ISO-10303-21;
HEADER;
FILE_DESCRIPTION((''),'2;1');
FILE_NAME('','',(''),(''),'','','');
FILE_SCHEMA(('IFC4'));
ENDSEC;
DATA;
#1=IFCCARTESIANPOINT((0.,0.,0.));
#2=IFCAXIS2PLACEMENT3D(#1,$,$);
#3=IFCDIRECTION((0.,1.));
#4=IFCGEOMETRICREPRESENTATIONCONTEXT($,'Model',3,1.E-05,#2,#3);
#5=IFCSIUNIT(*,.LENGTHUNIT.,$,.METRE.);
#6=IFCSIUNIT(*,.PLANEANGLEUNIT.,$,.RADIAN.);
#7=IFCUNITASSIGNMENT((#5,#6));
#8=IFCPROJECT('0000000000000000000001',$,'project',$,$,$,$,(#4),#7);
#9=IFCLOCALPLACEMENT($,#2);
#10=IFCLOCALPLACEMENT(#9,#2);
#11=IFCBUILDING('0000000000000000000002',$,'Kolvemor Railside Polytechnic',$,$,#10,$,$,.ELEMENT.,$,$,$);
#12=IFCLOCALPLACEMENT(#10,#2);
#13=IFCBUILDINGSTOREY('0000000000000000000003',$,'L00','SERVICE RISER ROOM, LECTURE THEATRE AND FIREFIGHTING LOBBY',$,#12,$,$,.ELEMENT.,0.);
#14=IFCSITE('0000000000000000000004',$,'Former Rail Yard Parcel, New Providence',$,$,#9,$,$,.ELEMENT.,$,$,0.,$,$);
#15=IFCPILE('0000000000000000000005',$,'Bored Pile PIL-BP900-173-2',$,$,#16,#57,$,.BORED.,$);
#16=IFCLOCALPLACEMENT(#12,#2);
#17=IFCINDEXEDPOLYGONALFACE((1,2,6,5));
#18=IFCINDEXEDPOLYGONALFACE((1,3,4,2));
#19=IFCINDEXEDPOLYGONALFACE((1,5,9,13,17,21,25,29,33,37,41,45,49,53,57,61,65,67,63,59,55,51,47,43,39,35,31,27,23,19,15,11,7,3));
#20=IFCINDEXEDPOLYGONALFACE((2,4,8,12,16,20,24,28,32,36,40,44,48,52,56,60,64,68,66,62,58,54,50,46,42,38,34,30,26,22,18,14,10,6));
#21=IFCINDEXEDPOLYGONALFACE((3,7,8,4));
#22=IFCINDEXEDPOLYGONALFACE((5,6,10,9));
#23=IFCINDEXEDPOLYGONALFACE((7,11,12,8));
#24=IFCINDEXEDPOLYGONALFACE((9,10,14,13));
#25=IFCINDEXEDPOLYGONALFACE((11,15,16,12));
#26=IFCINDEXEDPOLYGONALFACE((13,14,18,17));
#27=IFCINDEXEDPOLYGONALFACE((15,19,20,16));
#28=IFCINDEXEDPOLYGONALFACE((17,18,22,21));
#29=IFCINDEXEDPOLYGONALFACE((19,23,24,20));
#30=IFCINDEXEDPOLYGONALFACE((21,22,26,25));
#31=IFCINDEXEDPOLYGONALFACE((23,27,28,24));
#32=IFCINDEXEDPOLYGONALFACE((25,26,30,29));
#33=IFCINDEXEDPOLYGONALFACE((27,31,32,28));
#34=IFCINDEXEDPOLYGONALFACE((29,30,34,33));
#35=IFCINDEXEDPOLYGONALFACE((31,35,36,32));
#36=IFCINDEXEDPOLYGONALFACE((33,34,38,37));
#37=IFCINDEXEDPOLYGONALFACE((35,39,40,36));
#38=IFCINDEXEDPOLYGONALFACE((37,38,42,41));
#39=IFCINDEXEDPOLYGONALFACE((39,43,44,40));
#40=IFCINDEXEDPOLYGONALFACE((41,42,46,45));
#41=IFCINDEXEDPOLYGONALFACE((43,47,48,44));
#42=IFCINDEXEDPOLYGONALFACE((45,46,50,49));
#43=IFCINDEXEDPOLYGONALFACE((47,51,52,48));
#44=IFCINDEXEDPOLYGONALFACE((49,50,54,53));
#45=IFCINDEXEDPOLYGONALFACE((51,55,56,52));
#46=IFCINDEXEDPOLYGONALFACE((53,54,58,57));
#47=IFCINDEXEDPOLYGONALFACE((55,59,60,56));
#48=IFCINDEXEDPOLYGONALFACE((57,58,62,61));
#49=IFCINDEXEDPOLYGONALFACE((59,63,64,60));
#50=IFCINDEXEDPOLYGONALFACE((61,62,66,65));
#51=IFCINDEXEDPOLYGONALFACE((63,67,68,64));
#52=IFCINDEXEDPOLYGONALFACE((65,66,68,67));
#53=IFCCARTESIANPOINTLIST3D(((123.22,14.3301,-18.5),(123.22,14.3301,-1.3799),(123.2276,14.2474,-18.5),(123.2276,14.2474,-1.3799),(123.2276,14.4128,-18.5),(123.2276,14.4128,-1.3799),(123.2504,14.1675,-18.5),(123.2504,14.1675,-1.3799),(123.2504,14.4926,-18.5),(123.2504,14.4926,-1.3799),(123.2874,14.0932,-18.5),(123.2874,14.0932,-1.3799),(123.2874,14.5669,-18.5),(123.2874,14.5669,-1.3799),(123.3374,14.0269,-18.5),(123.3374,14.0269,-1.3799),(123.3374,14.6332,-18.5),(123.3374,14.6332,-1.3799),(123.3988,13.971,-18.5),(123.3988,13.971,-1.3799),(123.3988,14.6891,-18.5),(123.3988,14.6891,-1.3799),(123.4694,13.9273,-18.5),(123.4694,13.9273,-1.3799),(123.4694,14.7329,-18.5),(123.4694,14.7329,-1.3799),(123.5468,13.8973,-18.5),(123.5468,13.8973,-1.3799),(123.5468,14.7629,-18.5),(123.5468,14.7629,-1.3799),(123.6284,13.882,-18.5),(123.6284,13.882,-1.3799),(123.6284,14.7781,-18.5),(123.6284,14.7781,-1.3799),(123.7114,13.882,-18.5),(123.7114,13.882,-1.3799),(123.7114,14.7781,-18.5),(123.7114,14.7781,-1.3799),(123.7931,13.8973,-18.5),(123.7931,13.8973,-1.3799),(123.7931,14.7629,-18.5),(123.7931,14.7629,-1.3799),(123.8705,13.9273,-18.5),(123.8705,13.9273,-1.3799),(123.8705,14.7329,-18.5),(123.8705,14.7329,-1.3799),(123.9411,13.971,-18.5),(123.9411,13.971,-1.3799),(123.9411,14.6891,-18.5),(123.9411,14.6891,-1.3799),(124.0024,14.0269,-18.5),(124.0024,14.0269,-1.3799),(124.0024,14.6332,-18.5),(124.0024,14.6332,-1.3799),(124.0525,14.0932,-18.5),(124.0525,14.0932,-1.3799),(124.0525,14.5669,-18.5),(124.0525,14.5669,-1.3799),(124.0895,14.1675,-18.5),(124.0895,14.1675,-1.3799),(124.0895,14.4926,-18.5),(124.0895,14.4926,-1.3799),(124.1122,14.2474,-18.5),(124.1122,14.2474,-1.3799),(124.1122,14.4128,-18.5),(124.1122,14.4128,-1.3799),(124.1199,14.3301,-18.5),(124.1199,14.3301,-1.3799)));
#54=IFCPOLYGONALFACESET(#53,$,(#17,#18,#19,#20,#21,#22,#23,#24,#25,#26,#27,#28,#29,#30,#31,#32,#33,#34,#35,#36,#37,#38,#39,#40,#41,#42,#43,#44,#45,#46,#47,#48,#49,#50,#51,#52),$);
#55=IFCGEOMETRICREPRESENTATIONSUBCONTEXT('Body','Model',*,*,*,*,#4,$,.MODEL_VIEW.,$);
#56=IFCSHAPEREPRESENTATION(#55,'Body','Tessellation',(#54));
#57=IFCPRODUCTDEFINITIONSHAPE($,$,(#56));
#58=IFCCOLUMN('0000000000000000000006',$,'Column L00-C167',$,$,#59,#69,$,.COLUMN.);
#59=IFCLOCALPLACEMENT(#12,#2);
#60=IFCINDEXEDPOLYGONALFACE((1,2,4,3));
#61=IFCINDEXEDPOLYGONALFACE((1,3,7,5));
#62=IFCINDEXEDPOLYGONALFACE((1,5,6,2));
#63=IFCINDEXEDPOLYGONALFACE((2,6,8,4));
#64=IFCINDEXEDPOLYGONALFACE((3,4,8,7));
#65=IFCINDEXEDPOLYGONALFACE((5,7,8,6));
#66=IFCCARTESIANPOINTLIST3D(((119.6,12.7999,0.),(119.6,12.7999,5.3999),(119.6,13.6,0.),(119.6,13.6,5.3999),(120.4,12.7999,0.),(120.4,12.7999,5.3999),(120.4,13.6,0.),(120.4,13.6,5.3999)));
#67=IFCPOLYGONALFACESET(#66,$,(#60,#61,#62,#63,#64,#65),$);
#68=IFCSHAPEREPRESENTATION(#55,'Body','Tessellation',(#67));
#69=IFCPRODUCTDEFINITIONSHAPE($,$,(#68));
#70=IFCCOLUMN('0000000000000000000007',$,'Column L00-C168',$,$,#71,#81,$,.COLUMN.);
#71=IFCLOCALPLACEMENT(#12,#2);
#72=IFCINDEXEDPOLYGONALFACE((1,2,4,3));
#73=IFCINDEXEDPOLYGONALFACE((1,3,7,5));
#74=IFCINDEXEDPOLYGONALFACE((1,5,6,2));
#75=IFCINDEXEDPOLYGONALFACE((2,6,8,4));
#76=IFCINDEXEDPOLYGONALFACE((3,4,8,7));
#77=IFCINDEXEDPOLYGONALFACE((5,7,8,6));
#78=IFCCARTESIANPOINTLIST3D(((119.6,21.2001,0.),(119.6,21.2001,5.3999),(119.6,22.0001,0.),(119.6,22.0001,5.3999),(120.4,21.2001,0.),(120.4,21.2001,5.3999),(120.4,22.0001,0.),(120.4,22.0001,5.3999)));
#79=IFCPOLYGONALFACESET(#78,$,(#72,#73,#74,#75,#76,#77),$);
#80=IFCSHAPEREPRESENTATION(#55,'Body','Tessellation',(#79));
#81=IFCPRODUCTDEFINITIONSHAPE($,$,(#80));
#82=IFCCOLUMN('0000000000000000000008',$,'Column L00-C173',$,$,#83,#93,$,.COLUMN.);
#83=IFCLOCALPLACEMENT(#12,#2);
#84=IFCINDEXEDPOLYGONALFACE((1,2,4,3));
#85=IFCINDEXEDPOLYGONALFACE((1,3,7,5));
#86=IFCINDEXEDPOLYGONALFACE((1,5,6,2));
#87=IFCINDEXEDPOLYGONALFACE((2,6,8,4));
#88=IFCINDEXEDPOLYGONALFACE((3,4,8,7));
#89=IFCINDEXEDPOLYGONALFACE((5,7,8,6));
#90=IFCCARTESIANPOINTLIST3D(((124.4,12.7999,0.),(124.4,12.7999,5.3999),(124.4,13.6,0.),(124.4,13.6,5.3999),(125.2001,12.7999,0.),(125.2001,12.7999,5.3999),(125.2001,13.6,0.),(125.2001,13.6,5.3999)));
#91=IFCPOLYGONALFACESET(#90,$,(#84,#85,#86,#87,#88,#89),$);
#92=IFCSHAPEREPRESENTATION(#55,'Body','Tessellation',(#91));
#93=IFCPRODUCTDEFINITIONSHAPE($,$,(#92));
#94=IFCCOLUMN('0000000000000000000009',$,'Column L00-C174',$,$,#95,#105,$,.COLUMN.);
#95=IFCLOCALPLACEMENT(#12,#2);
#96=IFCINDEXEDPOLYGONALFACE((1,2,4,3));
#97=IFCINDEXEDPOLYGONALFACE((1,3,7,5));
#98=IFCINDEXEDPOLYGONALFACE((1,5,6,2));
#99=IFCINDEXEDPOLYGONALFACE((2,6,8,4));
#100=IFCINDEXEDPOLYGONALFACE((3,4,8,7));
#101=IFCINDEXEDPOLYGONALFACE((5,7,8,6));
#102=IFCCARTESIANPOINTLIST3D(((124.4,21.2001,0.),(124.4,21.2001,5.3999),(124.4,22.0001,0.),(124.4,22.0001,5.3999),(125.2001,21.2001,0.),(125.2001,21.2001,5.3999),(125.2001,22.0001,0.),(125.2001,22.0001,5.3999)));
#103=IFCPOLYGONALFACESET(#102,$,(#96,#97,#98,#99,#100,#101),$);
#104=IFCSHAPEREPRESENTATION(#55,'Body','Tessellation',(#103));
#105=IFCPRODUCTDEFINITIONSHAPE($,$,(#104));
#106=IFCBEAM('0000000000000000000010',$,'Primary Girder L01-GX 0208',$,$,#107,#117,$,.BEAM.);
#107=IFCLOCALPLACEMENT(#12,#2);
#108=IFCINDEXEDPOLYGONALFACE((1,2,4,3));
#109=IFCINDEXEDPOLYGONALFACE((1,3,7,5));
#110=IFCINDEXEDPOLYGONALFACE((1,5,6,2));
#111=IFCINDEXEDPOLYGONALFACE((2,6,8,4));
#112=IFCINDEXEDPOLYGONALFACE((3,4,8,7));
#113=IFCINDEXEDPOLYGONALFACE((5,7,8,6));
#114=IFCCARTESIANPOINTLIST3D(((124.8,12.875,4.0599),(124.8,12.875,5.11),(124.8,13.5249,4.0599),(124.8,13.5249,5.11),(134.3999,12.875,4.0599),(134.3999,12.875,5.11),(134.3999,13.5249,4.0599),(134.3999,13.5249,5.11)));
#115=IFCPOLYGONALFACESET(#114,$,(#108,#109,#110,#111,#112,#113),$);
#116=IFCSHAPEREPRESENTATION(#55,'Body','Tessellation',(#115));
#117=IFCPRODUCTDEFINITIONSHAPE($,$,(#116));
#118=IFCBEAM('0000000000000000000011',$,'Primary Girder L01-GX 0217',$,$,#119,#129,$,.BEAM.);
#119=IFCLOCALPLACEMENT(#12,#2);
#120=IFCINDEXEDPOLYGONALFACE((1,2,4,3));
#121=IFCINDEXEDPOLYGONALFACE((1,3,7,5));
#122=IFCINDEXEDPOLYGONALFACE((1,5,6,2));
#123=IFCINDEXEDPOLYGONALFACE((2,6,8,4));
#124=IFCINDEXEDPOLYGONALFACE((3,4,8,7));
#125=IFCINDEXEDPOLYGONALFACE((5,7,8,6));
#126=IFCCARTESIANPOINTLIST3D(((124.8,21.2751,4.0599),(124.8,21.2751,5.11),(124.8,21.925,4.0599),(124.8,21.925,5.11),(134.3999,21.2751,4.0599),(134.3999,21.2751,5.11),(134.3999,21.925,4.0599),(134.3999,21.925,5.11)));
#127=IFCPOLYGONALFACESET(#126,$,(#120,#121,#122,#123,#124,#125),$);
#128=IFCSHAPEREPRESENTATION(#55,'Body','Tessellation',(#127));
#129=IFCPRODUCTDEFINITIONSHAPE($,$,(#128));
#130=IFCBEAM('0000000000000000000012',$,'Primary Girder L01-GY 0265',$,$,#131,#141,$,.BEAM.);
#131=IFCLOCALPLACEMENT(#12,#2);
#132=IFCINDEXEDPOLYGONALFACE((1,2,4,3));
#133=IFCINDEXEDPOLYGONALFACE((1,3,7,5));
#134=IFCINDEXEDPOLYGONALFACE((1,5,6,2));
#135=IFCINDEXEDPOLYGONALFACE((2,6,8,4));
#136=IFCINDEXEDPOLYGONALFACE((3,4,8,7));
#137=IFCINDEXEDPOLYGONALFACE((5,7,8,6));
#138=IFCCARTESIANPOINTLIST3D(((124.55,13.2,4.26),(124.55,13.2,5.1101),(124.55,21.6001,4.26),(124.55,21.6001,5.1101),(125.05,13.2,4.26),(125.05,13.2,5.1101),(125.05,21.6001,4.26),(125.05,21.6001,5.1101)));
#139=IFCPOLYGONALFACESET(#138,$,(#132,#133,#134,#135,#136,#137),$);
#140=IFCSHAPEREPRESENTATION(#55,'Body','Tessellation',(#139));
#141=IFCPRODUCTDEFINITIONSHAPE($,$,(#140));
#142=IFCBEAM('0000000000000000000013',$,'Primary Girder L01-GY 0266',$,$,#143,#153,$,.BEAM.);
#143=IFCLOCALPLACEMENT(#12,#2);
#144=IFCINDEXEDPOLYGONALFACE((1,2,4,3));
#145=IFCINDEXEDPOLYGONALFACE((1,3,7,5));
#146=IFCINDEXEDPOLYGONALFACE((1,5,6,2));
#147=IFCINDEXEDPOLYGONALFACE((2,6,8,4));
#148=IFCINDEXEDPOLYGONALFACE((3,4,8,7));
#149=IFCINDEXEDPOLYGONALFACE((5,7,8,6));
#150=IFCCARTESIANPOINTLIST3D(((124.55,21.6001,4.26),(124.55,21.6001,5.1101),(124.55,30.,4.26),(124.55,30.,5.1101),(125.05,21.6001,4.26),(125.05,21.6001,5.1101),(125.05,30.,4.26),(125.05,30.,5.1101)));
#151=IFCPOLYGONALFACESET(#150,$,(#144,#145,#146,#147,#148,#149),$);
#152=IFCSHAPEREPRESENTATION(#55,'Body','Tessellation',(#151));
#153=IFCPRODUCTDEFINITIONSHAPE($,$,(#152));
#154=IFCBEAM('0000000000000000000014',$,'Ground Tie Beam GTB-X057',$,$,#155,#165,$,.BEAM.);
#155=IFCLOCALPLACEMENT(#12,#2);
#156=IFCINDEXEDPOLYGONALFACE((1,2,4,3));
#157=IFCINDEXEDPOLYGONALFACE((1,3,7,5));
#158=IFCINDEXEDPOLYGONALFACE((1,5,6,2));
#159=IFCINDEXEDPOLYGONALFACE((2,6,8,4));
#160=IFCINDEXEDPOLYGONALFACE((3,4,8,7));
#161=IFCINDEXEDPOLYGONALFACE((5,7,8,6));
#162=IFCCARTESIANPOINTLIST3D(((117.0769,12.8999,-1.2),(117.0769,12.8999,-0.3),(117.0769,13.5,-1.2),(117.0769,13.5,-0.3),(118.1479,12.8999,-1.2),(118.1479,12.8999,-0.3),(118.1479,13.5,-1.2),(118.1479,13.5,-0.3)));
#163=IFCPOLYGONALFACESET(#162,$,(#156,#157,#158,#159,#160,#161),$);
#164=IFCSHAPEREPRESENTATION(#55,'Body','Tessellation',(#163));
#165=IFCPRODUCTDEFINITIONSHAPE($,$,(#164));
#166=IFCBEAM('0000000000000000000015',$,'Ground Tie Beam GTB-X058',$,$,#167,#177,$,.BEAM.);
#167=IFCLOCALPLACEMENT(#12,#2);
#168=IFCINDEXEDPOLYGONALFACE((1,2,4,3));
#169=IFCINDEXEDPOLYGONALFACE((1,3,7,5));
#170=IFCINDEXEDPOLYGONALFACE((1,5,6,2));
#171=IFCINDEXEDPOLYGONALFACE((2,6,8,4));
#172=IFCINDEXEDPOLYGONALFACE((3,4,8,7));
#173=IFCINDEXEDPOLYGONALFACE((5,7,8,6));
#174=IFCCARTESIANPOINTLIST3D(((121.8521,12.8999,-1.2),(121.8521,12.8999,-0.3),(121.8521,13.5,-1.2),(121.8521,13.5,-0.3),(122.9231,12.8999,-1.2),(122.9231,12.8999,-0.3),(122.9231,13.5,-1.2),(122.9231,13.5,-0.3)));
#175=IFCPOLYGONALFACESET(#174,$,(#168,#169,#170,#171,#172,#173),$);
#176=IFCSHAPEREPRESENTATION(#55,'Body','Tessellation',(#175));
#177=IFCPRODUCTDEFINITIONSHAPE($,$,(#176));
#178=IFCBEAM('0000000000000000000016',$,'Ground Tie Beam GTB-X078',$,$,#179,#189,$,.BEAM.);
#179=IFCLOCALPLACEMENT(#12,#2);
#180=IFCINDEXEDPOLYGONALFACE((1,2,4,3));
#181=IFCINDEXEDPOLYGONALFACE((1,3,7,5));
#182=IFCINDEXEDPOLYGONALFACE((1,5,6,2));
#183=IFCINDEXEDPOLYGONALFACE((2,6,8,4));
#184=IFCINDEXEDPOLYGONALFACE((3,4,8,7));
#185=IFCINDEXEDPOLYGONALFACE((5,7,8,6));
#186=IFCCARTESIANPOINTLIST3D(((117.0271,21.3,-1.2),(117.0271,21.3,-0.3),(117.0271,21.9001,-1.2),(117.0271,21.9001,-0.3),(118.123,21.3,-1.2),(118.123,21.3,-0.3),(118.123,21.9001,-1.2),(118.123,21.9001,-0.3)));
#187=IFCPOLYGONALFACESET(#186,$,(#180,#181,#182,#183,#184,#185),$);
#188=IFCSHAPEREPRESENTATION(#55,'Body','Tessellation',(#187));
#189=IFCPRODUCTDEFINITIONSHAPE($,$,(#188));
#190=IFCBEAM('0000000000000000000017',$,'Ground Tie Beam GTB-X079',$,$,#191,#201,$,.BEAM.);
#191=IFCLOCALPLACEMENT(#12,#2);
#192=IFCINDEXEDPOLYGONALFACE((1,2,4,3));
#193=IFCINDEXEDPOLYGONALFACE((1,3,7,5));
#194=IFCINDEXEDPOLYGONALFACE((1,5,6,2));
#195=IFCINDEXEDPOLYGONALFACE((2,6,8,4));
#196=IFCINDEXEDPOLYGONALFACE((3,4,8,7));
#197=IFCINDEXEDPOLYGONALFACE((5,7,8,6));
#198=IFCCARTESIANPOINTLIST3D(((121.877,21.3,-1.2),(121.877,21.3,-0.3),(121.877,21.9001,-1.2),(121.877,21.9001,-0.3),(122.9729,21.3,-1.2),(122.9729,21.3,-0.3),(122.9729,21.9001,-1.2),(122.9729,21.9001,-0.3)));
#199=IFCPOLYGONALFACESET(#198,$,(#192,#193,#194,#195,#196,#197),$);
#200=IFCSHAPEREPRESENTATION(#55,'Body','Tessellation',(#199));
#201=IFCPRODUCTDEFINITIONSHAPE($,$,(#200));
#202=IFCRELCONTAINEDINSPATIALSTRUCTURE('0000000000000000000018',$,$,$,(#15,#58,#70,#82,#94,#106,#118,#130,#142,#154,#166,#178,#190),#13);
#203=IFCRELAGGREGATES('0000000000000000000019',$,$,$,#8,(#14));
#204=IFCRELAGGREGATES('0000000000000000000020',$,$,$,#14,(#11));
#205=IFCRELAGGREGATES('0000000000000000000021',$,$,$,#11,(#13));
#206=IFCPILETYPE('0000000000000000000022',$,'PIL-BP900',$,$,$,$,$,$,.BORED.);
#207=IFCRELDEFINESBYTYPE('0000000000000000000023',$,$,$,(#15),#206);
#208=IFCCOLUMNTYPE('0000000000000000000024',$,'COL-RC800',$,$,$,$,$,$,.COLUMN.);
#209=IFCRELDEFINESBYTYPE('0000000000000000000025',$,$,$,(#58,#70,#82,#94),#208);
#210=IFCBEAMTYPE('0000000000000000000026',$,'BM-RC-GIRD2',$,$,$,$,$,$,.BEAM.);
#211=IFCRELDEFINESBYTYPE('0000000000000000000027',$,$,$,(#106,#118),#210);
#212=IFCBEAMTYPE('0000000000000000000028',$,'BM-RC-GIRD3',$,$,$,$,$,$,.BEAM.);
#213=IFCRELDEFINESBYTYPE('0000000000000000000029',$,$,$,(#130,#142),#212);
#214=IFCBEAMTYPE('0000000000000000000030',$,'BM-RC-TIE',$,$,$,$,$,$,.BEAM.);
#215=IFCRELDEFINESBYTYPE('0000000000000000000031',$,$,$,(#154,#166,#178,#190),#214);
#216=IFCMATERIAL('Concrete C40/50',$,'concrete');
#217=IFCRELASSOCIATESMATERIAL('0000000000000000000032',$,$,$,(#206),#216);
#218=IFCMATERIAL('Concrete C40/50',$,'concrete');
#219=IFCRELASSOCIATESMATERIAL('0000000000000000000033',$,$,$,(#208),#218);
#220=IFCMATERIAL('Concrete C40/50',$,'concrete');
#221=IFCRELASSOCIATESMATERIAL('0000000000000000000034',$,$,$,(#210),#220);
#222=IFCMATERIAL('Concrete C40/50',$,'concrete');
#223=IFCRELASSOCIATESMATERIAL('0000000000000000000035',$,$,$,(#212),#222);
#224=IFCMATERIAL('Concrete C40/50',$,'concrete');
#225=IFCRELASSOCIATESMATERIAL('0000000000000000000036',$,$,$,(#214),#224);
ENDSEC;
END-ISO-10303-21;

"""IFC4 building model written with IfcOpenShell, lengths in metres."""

from ifc_helpers import new_model, si_unit, direction, frame, origin, origin_2d, place, context, subcontext, project, spatial, rectangle, circle, extrude, material, material_profile, profile_set, type_object, element, save


model = new_model("IFC4")

# Units and contexts
model_context = context("Model", 3, precision=1e-05, world=origin(), true_north=direction((0.0, 1.0)))
body_context = subcontext(model_context, "Body", "Model", "MODEL_VIEW")
ifc_project = project(units=[si_unit("LENGTHUNIT", "METRE"), si_unit("PLANEANGLEUNIT", "RADIAN")], contexts=[model_context])

# Site, building, storey
site_placement = place(None, origin())
site = spatial("IfcSite", under=ifc_project, at=site_placement, Name="Former Rail Yard Parcel, New Providence", CompositionType="ELEMENT", RefElevation=0.0)
building_placement = place(site_placement, origin())
building = spatial("IfcBuilding", under=site, at=building_placement, Name="Kolvemor Railside Polytechnic", CompositionType="ELEMENT")
storey_placement = place(building_placement, origin())
storey = spatial("IfcBuildingStorey", under=building, at=storey_placement, Name="L00", Description="SERVICE RISER ROOM, LECTURE THEATRE AND FIREFIGHTING LOBBY", CompositionType="ELEMENT", Elevation=0.0)

# Pile
ifc_material_1 = material(Name="Concrete C40/50", Category="concrete")
ifc_material_profile_1 = material_profile(ifc_material_1, circle(Radius=0.45, at=origin_2d()), Name="BP900")
ifc_profile_set_1 = profile_set([ifc_material_profile_1], Name="Concrete C40/50")
pile_type_1 = type_object("IfcPileType", Name="PIL-BP900", PredefinedType="BORED", material=ifc_profile_set_1)
pile_1_placement = place(storey_placement, frame((123.6699, 14.3301, -1.3799), z_axis=(0.0, 0.0, -1.0), x_axis=(1.0, 0.0, 0.0)))
element("IfcPile", 1, at=pile_1_placement, inside=storey, type_object=pile_type_1, Name="Bored Pile PIL-BP900-173-2", PredefinedType="BORED", context=body_context, shape_type="SweptSolid", body=[
    extrude(circle(Radius=0.45, at=origin_2d()), origin(), (0.0, 0.0, 1.0), 17.1201),
])

# Columns
ifc_material_2 = material(Name="Concrete C40/50", Category="concrete")
ifc_material_profile_2 = material_profile(ifc_material_2, rectangle(XDim=0.8, YDim=0.8, at=origin_2d()), Name="RC800x800")
ifc_profile_set_2 = profile_set([ifc_material_profile_2], Name="Concrete C40/50")
column_type = type_object("IfcColumnType", Name="COL-RC800", PredefinedType="COLUMN", material=ifc_profile_set_2)
for number, where, z_axis, x_axis, name in (
    (2, (120.0, 13.2, 0.0), (0.0, 0.0, 1.0), (1.0, 0.0, 0.0), "Column L00-C167"),
    (3, (120.0, 21.6001, 0.0), (0.0, 0.0, 1.0), (1.0, 0.0, 0.0), "Column L00-C168"),
    (4, (124.8, 13.2, 0.0), (0.0, 0.0, 1.0), (1.0, 0.0, 0.0), "Column L00-C173"),
    (5, (124.8, 21.6001, 0.0), (0.0, 0.0, 1.0), (1.0, 0.0, 0.0), "Column L00-C174"),
):
    element("IfcColumn", number, at=place(storey_placement, frame(where, z_axis=z_axis, x_axis=x_axis)), inside=storey, type_object=column_type, Name=name, PredefinedType="COLUMN", context=body_context, shape_type="SweptSolid", body=[
        extrude(rectangle(XDim=0.8, YDim=0.8, at=origin_2d()), origin(), (0.0, 0.0, 1.0), 5.3999),
    ])

# Beams
ifc_material_3 = material(Name="Concrete C40/50", Category="concrete")
ifc_material_profile_3 = material_profile(ifc_material_3, rectangle(XDim=0.6499, YDim=1.05, at=origin_2d()), Name="RC650x1050")
ifc_profile_set_3 = profile_set([ifc_material_profile_3], Name="Concrete C40/50")
beam_type_1 = type_object("IfcBeamType", Name="BM-RC-GIRD2", PredefinedType="BEAM", material=ifc_profile_set_3)
for number, where, z_axis, x_axis, name in (
    (6, (124.8, 13.2, 4.585), (1.0, 0.0, 0.0), (0.0, 1.0, 0.0), "Primary Girder L01-GX 0208"),
    (7, (124.8, 21.6001, 4.585), (1.0, 0.0, 0.0), (0.0, 1.0, 0.0), "Primary Girder L01-GX 0217"),
):
    element("IfcBeam", number, at=place(storey_placement, frame(where, z_axis=z_axis, x_axis=x_axis)), inside=storey, type_object=beam_type_1, Name=name, PredefinedType="BEAM", context=body_context, shape_type="SweptSolid", body=[
        extrude(rectangle(XDim=0.6499, YDim=1.05, at=origin_2d()), origin(), (0.0, 0.0, 1.0), 9.5999),
    ])
ifc_material_4 = material(Name="Concrete C40/50", Category="concrete")
ifc_material_profile_4 = material_profile(ifc_material_4, rectangle(XDim=0.5, YDim=0.8501, at=origin_2d()), Name="RC500x850")
ifc_profile_set_4 = profile_set([ifc_material_profile_4], Name="Concrete C40/50")
beam_type_2 = type_object("IfcBeamType", Name="BM-RC-GIRD3", PredefinedType="BEAM", material=ifc_profile_set_4)
beam_1_placement = place(storey_placement, frame((124.8, 13.2, 4.6851), z_axis=(0.0, 1.0, 0.0), x_axis=(-1.0, 0.0, 0.0)))
element("IfcBeam", 8, at=beam_1_placement, inside=storey, type_object=beam_type_2, Name="Primary Girder L01-GY 0265", PredefinedType="BEAM", context=body_context, shape_type="SweptSolid", body=[
    extrude(rectangle(XDim=0.5, YDim=0.8501, at=origin_2d()), origin(), (0.0, 0.0, 1.0), 8.4001),
])
beam_2_placement = place(storey_placement, frame((124.8, 21.6001, 4.6851), z_axis=(0.0, 1.0, 0.0), x_axis=(-1.0, 0.0, 0.0)))
element("IfcBeam", 9, at=beam_2_placement, inside=storey, type_object=beam_type_2, Name="Primary Girder L01-GY 0266", PredefinedType="BEAM", context=body_context, shape_type="SweptSolid", body=[
    extrude(rectangle(XDim=0.5, YDim=0.8501, at=origin_2d()), origin(), (0.0, 0.0, 1.0), 8.3999),
])
ifc_material_5 = material(Name="Concrete C40/50", Category="concrete")
ifc_material_profile_5 = material_profile(ifc_material_5, rectangle(XDim=0.6001, YDim=0.8999, at=origin_2d()), Name="RC600x900")
ifc_profile_set_5 = profile_set([ifc_material_profile_5], Name="Concrete C40/50")
beam_type_3 = type_object("IfcBeamType", Name="BM-RC-TIE", PredefinedType="BEAM", material=ifc_profile_set_5)
for number, where, z_axis, x_axis, name in (
    (10, (117.0769, 13.2, -0.75), (1.0, 0.0, 0.0), (0.0, 1.0, 0.0), "Ground Tie Beam GTB-X057"),
    (11, (121.8521, 13.2, -0.75), (1.0, 0.0, 0.0), (0.0, 1.0, 0.0), "Ground Tie Beam GTB-X058"),
):
    element("IfcBeam", number, at=place(storey_placement, frame(where, z_axis=z_axis, x_axis=x_axis)), inside=storey, type_object=beam_type_3, Name=name, PredefinedType="BEAM", context=body_context, shape_type="SweptSolid", body=[
        extrude(rectangle(XDim=0.6001, YDim=0.8999, at=origin_2d()), origin(), (0.0, 0.0, 1.0), 1.071),
    ])
for number, where, z_axis, x_axis, name in (
    (12, (117.0271, 21.6001, -0.75), (1.0, 0.0, 0.0), (0.0, 1.0, 0.0), "Ground Tie Beam GTB-X078"),
    (13, (121.877, 21.6001, -0.75), (1.0, 0.0, 0.0), (0.0, 1.0, 0.0), "Ground Tie Beam GTB-X079"),
):
    element("IfcBeam", number, at=place(storey_placement, frame(where, z_axis=z_axis, x_axis=x_axis)), inside=storey, type_object=beam_type_3, Name=name, PredefinedType="BEAM", context=body_context, shape_type="SweptSolid", body=[
        extrude(rectangle(XDim=0.6001, YDim=0.8999, at=origin_2d()), origin(), (0.0, 0.0, 1.0), 1.0959),
    ])

save(model, "model.ifc")
